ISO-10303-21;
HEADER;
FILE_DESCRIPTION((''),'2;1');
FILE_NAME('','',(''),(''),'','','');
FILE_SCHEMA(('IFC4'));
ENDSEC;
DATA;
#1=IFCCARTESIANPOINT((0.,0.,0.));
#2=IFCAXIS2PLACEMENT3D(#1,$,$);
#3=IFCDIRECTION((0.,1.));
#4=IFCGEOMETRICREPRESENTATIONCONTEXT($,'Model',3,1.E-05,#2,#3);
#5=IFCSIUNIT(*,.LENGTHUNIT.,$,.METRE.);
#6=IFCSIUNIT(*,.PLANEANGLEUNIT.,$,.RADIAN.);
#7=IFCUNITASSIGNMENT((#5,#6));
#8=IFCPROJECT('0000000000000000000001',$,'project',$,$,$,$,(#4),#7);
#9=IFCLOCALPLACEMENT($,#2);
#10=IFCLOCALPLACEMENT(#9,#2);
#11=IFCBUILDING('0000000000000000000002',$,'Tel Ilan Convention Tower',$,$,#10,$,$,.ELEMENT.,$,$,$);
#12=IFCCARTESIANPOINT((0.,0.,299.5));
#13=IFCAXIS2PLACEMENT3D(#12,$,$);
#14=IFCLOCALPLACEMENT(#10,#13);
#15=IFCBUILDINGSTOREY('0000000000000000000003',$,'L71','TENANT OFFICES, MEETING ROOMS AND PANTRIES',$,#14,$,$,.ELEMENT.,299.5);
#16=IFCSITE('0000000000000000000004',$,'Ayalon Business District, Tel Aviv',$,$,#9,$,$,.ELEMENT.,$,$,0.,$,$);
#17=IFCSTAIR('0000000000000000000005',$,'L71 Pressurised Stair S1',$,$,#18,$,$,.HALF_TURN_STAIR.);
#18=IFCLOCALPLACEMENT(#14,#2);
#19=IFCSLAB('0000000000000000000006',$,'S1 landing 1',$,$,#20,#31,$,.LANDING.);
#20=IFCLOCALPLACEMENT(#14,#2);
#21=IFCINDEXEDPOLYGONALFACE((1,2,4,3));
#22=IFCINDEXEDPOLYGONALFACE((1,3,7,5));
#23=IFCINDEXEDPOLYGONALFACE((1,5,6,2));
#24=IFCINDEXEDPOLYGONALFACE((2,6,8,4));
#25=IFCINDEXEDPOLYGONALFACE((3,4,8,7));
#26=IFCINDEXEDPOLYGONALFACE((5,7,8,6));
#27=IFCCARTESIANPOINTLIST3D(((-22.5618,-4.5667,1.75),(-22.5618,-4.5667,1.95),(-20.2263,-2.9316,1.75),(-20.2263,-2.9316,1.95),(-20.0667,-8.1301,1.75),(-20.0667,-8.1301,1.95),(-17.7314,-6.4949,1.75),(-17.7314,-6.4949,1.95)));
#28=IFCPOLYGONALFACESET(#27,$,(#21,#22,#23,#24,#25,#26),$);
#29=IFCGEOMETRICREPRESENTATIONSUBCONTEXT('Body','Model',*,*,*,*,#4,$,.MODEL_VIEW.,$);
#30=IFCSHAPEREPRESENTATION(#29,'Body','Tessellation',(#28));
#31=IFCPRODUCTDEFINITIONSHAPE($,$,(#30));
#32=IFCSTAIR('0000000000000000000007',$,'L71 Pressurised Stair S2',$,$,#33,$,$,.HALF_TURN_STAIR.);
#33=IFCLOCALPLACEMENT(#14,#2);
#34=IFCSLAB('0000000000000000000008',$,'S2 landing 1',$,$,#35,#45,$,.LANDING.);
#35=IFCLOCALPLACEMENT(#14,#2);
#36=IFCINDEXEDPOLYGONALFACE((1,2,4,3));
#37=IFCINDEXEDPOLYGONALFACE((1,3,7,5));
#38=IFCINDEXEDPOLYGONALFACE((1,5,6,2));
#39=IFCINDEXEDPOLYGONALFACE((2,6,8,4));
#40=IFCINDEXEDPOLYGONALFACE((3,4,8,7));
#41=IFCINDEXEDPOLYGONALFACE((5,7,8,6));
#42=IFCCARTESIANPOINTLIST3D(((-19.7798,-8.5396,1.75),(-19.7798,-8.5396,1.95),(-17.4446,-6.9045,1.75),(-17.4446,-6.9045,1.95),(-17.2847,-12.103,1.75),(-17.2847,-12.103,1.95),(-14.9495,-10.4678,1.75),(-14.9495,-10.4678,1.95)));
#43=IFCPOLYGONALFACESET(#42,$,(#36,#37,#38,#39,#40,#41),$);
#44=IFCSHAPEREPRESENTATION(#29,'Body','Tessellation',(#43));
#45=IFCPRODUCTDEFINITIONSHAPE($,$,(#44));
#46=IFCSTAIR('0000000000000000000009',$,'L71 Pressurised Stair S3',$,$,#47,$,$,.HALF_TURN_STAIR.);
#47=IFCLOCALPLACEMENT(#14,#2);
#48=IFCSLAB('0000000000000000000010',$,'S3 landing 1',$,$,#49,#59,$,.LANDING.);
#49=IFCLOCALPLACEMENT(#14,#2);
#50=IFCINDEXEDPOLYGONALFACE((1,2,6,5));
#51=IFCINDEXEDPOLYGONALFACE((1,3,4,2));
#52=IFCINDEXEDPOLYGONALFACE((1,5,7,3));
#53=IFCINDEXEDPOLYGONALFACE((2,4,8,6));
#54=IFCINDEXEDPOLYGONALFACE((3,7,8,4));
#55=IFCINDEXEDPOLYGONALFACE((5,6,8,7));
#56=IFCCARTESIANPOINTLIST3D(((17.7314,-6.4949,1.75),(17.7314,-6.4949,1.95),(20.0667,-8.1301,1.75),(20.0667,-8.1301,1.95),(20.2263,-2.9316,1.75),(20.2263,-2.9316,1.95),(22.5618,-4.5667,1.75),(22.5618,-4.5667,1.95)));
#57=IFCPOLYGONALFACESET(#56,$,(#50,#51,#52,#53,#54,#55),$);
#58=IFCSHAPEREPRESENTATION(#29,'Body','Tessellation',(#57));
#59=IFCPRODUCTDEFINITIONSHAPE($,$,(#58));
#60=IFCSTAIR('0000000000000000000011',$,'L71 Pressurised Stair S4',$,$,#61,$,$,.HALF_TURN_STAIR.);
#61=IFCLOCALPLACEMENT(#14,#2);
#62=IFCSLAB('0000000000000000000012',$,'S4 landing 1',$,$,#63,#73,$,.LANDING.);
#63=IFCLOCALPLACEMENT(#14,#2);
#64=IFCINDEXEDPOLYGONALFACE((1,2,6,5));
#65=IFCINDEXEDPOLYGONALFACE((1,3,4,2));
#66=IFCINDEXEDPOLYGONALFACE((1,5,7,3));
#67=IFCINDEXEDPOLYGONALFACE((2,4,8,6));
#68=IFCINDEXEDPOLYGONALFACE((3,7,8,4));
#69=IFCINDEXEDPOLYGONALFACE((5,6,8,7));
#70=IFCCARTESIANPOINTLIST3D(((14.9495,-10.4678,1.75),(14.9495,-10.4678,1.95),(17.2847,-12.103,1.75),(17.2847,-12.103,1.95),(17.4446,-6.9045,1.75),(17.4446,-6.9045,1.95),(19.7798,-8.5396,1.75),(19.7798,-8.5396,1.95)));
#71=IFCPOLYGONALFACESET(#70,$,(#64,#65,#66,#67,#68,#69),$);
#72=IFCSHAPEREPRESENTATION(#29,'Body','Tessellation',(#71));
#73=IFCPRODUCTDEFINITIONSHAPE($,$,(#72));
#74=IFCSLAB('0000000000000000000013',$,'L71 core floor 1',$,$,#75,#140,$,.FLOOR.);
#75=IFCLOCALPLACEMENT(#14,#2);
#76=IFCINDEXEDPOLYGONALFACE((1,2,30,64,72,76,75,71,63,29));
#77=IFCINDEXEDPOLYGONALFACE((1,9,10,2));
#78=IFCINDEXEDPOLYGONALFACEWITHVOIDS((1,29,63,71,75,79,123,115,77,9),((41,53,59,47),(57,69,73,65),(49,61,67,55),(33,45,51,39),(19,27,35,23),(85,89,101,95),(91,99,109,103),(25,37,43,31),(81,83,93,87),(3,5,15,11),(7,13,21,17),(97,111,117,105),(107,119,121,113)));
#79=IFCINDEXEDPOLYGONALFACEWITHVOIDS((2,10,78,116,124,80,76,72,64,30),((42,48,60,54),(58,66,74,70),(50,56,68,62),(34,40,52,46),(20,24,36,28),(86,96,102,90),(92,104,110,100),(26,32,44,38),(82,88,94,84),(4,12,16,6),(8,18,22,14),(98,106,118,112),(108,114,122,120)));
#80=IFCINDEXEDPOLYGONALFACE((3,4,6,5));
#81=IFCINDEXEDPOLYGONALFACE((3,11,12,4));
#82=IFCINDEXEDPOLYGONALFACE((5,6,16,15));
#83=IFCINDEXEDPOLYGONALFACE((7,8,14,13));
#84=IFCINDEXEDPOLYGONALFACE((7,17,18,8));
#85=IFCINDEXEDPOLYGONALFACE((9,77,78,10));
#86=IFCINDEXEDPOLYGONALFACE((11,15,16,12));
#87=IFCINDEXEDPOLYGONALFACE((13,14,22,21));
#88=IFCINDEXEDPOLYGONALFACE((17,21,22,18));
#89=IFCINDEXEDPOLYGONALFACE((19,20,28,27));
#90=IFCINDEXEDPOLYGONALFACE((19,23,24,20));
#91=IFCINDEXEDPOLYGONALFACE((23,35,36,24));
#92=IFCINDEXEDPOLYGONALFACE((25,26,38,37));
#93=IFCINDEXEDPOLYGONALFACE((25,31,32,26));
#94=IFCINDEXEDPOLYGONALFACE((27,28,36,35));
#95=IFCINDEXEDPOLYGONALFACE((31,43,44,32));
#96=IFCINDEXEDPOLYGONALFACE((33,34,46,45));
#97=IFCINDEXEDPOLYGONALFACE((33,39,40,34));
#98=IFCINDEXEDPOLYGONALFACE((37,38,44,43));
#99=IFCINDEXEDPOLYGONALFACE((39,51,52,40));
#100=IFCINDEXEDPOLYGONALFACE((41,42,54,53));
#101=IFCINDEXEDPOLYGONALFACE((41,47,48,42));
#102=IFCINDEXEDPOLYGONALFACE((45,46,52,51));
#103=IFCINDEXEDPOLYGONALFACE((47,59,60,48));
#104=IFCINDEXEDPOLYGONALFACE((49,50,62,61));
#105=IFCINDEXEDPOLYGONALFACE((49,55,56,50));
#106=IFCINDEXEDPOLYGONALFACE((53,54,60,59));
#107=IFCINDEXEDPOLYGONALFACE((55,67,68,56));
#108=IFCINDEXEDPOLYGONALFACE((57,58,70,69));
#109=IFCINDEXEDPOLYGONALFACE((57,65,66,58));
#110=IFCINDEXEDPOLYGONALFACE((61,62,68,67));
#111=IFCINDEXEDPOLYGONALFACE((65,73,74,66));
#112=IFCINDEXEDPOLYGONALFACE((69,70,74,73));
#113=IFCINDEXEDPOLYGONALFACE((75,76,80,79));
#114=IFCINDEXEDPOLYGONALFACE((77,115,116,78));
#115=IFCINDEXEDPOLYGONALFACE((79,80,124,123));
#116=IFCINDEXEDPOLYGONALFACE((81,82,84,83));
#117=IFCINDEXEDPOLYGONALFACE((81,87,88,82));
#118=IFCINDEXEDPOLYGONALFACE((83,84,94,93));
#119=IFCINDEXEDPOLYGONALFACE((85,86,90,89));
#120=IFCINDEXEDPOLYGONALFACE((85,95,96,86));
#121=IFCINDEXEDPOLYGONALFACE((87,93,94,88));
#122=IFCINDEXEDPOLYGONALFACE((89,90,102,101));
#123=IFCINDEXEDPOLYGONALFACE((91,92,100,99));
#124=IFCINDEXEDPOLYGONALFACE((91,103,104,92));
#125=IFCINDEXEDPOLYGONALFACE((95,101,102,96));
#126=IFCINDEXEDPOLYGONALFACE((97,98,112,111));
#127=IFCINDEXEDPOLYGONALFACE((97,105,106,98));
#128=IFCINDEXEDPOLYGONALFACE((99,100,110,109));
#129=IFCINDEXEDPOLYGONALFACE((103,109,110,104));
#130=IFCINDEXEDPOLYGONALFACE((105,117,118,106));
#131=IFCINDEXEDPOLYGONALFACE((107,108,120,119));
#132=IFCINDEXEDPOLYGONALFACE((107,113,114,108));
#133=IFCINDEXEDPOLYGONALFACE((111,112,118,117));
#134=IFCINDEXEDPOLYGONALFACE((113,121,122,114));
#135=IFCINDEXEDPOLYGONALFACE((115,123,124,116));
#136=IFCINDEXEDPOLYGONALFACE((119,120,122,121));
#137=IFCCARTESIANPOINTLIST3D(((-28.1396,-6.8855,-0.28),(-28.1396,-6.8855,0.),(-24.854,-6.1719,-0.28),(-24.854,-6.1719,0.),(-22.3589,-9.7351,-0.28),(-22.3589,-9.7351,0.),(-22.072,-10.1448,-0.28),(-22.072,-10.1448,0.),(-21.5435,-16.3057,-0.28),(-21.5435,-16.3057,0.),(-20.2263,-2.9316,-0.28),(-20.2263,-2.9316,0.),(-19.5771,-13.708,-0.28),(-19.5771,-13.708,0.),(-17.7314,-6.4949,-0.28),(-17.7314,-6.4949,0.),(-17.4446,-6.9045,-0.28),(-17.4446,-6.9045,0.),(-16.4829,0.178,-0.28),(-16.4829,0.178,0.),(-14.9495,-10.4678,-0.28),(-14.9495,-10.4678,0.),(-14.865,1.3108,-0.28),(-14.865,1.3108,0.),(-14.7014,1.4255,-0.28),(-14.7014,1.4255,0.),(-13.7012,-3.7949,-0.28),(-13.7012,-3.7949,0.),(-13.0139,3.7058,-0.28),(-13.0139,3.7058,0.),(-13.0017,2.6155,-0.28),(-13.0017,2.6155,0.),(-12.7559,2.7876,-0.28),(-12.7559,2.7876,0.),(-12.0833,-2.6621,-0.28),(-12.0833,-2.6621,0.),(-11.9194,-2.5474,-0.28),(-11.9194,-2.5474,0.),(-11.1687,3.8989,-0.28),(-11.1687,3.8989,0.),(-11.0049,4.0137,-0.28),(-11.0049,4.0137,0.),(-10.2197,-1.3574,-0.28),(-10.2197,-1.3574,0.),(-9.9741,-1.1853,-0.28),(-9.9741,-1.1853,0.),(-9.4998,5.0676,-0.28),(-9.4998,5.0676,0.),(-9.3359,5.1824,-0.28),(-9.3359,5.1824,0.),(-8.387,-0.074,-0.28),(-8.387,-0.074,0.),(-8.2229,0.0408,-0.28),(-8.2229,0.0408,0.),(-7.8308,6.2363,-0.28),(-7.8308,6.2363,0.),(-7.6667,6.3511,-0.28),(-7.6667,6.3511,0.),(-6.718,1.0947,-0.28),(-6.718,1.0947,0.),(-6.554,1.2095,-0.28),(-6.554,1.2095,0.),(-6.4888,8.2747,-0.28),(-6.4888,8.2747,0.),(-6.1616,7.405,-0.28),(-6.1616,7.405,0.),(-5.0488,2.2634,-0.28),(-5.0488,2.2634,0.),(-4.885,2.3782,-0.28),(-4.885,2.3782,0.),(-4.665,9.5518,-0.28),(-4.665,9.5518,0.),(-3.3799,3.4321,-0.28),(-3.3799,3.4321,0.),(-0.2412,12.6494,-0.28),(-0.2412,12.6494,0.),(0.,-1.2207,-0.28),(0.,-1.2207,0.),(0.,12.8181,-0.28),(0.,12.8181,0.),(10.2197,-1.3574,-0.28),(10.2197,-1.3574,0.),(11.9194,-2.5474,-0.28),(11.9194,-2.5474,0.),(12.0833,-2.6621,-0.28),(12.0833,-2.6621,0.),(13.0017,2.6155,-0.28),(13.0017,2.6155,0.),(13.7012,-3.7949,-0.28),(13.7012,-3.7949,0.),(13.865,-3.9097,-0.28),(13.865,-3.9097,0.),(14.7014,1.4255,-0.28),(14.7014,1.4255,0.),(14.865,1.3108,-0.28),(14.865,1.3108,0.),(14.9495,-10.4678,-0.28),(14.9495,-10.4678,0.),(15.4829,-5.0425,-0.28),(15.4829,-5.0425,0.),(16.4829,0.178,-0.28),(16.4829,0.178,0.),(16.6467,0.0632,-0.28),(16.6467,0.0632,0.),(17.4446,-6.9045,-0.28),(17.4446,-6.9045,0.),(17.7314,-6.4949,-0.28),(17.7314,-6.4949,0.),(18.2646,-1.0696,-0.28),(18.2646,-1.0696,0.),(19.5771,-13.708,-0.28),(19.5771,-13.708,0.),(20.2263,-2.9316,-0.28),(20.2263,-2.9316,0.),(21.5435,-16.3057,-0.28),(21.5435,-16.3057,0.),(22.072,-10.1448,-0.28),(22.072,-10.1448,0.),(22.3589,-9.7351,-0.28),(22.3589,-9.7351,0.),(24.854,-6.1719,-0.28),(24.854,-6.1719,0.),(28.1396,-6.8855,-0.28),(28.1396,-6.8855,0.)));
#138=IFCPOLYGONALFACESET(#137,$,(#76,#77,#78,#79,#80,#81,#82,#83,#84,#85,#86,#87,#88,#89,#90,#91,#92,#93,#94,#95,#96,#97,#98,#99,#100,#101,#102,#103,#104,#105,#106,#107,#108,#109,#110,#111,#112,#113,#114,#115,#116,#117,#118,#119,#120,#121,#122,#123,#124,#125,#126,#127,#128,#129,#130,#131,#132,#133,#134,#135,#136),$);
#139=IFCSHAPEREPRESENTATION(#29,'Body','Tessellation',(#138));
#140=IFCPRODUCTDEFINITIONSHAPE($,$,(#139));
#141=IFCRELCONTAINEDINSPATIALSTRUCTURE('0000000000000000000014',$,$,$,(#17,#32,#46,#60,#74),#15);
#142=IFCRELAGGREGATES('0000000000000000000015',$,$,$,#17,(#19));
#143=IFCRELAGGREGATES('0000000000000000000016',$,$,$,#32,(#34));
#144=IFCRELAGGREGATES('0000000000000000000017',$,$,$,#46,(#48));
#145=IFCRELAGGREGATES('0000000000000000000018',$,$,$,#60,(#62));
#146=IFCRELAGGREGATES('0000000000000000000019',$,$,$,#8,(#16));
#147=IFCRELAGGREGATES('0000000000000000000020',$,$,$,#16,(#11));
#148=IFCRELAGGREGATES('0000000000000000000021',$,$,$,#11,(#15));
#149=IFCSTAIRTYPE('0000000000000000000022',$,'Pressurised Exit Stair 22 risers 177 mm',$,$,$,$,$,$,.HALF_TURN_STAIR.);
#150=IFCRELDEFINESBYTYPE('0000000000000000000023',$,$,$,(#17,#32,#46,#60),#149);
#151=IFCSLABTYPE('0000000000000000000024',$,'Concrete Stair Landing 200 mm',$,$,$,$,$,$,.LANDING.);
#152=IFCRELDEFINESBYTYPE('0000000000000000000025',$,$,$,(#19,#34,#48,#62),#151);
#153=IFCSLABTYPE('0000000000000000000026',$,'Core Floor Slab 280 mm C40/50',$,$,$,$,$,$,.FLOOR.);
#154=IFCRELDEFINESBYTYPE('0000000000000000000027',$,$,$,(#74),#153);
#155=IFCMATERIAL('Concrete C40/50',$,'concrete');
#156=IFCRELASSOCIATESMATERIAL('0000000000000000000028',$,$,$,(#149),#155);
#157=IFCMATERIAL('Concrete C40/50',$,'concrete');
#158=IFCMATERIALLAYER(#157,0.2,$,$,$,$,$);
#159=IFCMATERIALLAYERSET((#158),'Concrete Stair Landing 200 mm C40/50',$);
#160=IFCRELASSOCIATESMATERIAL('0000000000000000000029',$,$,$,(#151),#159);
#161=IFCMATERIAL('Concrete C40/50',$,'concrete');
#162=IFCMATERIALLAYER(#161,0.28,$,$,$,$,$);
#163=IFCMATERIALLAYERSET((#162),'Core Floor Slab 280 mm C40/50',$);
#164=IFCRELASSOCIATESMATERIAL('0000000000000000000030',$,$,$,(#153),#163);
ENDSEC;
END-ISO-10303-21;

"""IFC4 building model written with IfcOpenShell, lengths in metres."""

from ifc_helpers import new_model, si_unit, direction, frame, origin, place, context, subcontext, project, spatial, polyline, outline, extrude, material, layer, layer_set, type_object, element, aggregate, save


model = new_model("IFC4")

# Units and contexts
model_context = context("Model", 3, precision=1e-05, world=origin(), true_north=direction((0.0, 1.0)))
body_context = subcontext(model_context, "Body", "Model", "MODEL_VIEW")
ifc_project = project(units=[si_unit("LENGTHUNIT", "METRE"), si_unit("PLANEANGLEUNIT", "RADIAN")], contexts=[model_context])

# Site, building, storey
site_placement = place(None, origin())
site = spatial("IfcSite", under=ifc_project, at=site_placement, Name="Ayalon Business District, Tel Aviv", CompositionType="ELEMENT", RefElevation=0.0)
building_placement = place(site_placement, origin())
building = spatial("IfcBuilding", under=site, at=building_placement, Name="Tel Ilan Convention Tower", CompositionType="ELEMENT")
storey_placement = place(building_placement, frame((0.0, 0.0, 299.5)))
storey = spatial("IfcBuildingStorey", under=building, at=storey_placement, Name="L71", Description="TENANT OFFICES, MEETING ROOMS AND PANTRIES", CompositionType="ELEMENT", Elevation=299.5)

# Stairs, slabs
ifc_material_1 = material(Name="Concrete C40/50", Category="concrete")
stair_type = type_object("IfcStairType", Name="Pressurised Exit Stair 22 risers 177 mm", PredefinedType="HALF_TURN_STAIR", material=ifc_material_1)
stair_1_placement = place(storey_placement, origin())
stair_1 = element("IfcStair", 1, at=stair_1_placement, inside=storey, type_object=stair_type, Name="L71 Pressurised Stair S1", PredefinedType="HALF_TURN_STAIR")
ifc_material_2 = material(Name="Concrete C40/50", Category="concrete")
ifc_layer_1 = layer(ifc_material_2, 0.2)
ifc_layer_set_1 = layer_set([ifc_layer_1], Name="Concrete Stair Landing 200 mm C40/50")
slab_type_1 = type_object("IfcSlabType", Name="Concrete Stair Landing 200 mm", PredefinedType="LANDING", material=ifc_layer_set_1)
slab_1_placement = place(storey_placement, frame((0.0, 0.0, 1.75)))
slab_1 = element("IfcSlab", 2, at=slab_1_placement, type_object=slab_type_1, Name="S1 landing 1", PredefinedType="LANDING", context=body_context, shape_type="SweptSolid", body=[
    extrude(outline(polyline([(-20.0667, -8.1301), (-17.7314, -6.4949), (-20.2263, -2.9316), (-22.5618, -4.5667), (-20.0667, -8.1301)])), origin(), (0.0, 0.0, 1.0), 0.2),
])
aggregate(stair_1, [slab_1])
stair_2_placement = place(storey_placement, origin())
stair_2 = element("IfcStair", 3, at=stair_2_placement, inside=storey, type_object=stair_type, Name="L71 Pressurised Stair S2", PredefinedType="HALF_TURN_STAIR")
slab_2_placement = place(storey_placement, frame((0.0, 0.0, 1.75)))
slab_2 = element("IfcSlab", 4, at=slab_2_placement, type_object=slab_type_1, Name="S2 landing 1", PredefinedType="LANDING", context=body_context, shape_type="SweptSolid", body=[
    extrude(outline(polyline([(-17.2847, -12.103), (-14.9495, -10.4678), (-17.4446, -6.9045), (-19.7798, -8.5396), (-17.2847, -12.103)])), origin(), (0.0, 0.0, 1.0), 0.2),
])
aggregate(stair_2, [slab_2])
stair_3_placement = place(storey_placement, origin())
stair_3 = element("IfcStair", 5, at=stair_3_placement, inside=storey, type_object=stair_type, Name="L71 Pressurised Stair S3", PredefinedType="HALF_TURN_STAIR")
slab_3_placement = place(storey_placement, frame((0.0, 0.0, 1.75)))
slab_3 = element("IfcSlab", 6, at=slab_3_placement, type_object=slab_type_1, Name="S3 landing 1", PredefinedType="LANDING", context=body_context, shape_type="SweptSolid", body=[
    extrude(outline(polyline([(22.5618, -4.5667), (20.2263, -2.9316), (17.7314, -6.4949), (20.0667, -8.1301), (22.5618, -4.5667)])), origin(), (0.0, 0.0, 1.0), 0.2),
])
aggregate(stair_3, [slab_3])
stair_4_placement = place(storey_placement, origin())
stair_4 = element("IfcStair", 7, at=stair_4_placement, inside=storey, type_object=stair_type, Name="L71 Pressurised Stair S4", PredefinedType="HALF_TURN_STAIR")
slab_4_placement = place(storey_placement, frame((0.0, 0.0, 1.75)))
slab_4 = element("IfcSlab", 8, at=slab_4_placement, type_object=slab_type_1, Name="S4 landing 1", PredefinedType="LANDING", context=body_context, shape_type="SweptSolid", body=[
    extrude(outline(polyline([(19.7798, -8.5396), (17.4446, -6.9045), (14.9495, -10.4678), (17.2847, -12.103), (19.7798, -8.5396)])), origin(), (0.0, 0.0, 1.0), 0.2),
])
aggregate(stair_4, [slab_4])

# Slab
ifc_material_3 = material(Name="Concrete C40/50", Category="concrete")
ifc_layer_2 = layer(ifc_material_3, 0.28)
ifc_layer_set_2 = layer_set([ifc_layer_2], Name="Core Floor Slab 280 mm C40/50")
slab_type_2 = type_object("IfcSlabType", Name="Core Floor Slab 280 mm C40/50", PredefinedType="FLOOR", material=ifc_layer_set_2)
slab_5_placement = place(storey_placement, frame((0.0, 0.0, -0.28)))
element("IfcSlab", 9, at=slab_5_placement, inside=storey, type_object=slab_type_2, Name="L71 core floor 1", PredefinedType="FLOOR", context=body_context, shape_type="SweptSolid", body=[
    extrude(outline(polyline([(0.0, 12.8181), (28.1396, -6.8855), (21.5435, -16.3057), (0.0, -1.2207), (-21.5435, -16.3057), (-28.1396, -6.8855), (-13.0139, 3.7058), (-6.4888, 8.2747), (-4.665, 9.5518), (-0.2412, 12.6494), (0.0, 12.8181)]), holes=[polyline([(-17.4446, -6.9045), (-22.072, -10.1448), (-19.5771, -13.708), (-14.9495, -10.4678), (-17.4446, -6.9045)]), polyline([(-17.7314, -6.4949), (-20.2263, -2.9316), (-24.854, -6.1719), (-22.3589, -9.7351), (-17.7314, -6.4949)]), polyline([(-14.865, 1.3108), (-16.4829, 0.178), (-13.7012, -3.7949), (-12.0833, -2.6621), (-14.865, 1.3108)]), polyline([(-14.7014, 1.4255), (-11.9194, -2.5474), (-10.2197, -1.3574), (-13.0017, 2.6155), (-14.7014, 1.4255)]), polyline([(-11.1687, 3.8989), (-12.7559, 2.7876), (-9.9741, -1.1853), (-8.387, -0.074), (-11.1687, 3.8989)]), polyline([(-9.4998, 5.0676), (-11.0049, 4.0137), (-8.2229, 0.0408), (-6.718, 1.0947), (-9.4998, 5.0676)]), polyline([(-9.3359, 5.1824), (-6.554, 1.2095), (-5.0488, 2.2634), (-7.8308, 6.2363), (-9.3359, 5.1824)]), polyline([(17.4446, -6.9045), (14.9495, -10.4678), (19.5771, -13.708), (22.072, -10.1448), (17.4446, -6.9045)]), polyline([(20.2263, -2.9316), (17.7314, -6.4949), (22.3589, -9.7351), (24.854, -6.1719), (20.2263, -2.9316)]), polyline([(15.4829, -5.0425), (18.2646, -1.0696), (16.6467, 0.0632), (13.865, -3.9097), (15.4829, -5.0425)]), polyline([(13.7012, -3.7949), (16.4829, 0.178), (14.865, 1.3108), (12.0833, -2.6621), (13.7012, -3.7949)]), polyline([(11.9194, -2.5474), (14.7014, 1.4255), (13.0017, 2.6155), (10.2197, -1.3574), (11.9194, -2.5474)]), polyline([(-6.1616, 7.405), (-7.6667, 6.3511), (-4.885, 2.3782), (-3.3799, 3.4321), (-6.1616, 7.405)])]), origin(), (0.0, 0.0, 1.0), 0.28),
])

save(model, "model.ifc")
